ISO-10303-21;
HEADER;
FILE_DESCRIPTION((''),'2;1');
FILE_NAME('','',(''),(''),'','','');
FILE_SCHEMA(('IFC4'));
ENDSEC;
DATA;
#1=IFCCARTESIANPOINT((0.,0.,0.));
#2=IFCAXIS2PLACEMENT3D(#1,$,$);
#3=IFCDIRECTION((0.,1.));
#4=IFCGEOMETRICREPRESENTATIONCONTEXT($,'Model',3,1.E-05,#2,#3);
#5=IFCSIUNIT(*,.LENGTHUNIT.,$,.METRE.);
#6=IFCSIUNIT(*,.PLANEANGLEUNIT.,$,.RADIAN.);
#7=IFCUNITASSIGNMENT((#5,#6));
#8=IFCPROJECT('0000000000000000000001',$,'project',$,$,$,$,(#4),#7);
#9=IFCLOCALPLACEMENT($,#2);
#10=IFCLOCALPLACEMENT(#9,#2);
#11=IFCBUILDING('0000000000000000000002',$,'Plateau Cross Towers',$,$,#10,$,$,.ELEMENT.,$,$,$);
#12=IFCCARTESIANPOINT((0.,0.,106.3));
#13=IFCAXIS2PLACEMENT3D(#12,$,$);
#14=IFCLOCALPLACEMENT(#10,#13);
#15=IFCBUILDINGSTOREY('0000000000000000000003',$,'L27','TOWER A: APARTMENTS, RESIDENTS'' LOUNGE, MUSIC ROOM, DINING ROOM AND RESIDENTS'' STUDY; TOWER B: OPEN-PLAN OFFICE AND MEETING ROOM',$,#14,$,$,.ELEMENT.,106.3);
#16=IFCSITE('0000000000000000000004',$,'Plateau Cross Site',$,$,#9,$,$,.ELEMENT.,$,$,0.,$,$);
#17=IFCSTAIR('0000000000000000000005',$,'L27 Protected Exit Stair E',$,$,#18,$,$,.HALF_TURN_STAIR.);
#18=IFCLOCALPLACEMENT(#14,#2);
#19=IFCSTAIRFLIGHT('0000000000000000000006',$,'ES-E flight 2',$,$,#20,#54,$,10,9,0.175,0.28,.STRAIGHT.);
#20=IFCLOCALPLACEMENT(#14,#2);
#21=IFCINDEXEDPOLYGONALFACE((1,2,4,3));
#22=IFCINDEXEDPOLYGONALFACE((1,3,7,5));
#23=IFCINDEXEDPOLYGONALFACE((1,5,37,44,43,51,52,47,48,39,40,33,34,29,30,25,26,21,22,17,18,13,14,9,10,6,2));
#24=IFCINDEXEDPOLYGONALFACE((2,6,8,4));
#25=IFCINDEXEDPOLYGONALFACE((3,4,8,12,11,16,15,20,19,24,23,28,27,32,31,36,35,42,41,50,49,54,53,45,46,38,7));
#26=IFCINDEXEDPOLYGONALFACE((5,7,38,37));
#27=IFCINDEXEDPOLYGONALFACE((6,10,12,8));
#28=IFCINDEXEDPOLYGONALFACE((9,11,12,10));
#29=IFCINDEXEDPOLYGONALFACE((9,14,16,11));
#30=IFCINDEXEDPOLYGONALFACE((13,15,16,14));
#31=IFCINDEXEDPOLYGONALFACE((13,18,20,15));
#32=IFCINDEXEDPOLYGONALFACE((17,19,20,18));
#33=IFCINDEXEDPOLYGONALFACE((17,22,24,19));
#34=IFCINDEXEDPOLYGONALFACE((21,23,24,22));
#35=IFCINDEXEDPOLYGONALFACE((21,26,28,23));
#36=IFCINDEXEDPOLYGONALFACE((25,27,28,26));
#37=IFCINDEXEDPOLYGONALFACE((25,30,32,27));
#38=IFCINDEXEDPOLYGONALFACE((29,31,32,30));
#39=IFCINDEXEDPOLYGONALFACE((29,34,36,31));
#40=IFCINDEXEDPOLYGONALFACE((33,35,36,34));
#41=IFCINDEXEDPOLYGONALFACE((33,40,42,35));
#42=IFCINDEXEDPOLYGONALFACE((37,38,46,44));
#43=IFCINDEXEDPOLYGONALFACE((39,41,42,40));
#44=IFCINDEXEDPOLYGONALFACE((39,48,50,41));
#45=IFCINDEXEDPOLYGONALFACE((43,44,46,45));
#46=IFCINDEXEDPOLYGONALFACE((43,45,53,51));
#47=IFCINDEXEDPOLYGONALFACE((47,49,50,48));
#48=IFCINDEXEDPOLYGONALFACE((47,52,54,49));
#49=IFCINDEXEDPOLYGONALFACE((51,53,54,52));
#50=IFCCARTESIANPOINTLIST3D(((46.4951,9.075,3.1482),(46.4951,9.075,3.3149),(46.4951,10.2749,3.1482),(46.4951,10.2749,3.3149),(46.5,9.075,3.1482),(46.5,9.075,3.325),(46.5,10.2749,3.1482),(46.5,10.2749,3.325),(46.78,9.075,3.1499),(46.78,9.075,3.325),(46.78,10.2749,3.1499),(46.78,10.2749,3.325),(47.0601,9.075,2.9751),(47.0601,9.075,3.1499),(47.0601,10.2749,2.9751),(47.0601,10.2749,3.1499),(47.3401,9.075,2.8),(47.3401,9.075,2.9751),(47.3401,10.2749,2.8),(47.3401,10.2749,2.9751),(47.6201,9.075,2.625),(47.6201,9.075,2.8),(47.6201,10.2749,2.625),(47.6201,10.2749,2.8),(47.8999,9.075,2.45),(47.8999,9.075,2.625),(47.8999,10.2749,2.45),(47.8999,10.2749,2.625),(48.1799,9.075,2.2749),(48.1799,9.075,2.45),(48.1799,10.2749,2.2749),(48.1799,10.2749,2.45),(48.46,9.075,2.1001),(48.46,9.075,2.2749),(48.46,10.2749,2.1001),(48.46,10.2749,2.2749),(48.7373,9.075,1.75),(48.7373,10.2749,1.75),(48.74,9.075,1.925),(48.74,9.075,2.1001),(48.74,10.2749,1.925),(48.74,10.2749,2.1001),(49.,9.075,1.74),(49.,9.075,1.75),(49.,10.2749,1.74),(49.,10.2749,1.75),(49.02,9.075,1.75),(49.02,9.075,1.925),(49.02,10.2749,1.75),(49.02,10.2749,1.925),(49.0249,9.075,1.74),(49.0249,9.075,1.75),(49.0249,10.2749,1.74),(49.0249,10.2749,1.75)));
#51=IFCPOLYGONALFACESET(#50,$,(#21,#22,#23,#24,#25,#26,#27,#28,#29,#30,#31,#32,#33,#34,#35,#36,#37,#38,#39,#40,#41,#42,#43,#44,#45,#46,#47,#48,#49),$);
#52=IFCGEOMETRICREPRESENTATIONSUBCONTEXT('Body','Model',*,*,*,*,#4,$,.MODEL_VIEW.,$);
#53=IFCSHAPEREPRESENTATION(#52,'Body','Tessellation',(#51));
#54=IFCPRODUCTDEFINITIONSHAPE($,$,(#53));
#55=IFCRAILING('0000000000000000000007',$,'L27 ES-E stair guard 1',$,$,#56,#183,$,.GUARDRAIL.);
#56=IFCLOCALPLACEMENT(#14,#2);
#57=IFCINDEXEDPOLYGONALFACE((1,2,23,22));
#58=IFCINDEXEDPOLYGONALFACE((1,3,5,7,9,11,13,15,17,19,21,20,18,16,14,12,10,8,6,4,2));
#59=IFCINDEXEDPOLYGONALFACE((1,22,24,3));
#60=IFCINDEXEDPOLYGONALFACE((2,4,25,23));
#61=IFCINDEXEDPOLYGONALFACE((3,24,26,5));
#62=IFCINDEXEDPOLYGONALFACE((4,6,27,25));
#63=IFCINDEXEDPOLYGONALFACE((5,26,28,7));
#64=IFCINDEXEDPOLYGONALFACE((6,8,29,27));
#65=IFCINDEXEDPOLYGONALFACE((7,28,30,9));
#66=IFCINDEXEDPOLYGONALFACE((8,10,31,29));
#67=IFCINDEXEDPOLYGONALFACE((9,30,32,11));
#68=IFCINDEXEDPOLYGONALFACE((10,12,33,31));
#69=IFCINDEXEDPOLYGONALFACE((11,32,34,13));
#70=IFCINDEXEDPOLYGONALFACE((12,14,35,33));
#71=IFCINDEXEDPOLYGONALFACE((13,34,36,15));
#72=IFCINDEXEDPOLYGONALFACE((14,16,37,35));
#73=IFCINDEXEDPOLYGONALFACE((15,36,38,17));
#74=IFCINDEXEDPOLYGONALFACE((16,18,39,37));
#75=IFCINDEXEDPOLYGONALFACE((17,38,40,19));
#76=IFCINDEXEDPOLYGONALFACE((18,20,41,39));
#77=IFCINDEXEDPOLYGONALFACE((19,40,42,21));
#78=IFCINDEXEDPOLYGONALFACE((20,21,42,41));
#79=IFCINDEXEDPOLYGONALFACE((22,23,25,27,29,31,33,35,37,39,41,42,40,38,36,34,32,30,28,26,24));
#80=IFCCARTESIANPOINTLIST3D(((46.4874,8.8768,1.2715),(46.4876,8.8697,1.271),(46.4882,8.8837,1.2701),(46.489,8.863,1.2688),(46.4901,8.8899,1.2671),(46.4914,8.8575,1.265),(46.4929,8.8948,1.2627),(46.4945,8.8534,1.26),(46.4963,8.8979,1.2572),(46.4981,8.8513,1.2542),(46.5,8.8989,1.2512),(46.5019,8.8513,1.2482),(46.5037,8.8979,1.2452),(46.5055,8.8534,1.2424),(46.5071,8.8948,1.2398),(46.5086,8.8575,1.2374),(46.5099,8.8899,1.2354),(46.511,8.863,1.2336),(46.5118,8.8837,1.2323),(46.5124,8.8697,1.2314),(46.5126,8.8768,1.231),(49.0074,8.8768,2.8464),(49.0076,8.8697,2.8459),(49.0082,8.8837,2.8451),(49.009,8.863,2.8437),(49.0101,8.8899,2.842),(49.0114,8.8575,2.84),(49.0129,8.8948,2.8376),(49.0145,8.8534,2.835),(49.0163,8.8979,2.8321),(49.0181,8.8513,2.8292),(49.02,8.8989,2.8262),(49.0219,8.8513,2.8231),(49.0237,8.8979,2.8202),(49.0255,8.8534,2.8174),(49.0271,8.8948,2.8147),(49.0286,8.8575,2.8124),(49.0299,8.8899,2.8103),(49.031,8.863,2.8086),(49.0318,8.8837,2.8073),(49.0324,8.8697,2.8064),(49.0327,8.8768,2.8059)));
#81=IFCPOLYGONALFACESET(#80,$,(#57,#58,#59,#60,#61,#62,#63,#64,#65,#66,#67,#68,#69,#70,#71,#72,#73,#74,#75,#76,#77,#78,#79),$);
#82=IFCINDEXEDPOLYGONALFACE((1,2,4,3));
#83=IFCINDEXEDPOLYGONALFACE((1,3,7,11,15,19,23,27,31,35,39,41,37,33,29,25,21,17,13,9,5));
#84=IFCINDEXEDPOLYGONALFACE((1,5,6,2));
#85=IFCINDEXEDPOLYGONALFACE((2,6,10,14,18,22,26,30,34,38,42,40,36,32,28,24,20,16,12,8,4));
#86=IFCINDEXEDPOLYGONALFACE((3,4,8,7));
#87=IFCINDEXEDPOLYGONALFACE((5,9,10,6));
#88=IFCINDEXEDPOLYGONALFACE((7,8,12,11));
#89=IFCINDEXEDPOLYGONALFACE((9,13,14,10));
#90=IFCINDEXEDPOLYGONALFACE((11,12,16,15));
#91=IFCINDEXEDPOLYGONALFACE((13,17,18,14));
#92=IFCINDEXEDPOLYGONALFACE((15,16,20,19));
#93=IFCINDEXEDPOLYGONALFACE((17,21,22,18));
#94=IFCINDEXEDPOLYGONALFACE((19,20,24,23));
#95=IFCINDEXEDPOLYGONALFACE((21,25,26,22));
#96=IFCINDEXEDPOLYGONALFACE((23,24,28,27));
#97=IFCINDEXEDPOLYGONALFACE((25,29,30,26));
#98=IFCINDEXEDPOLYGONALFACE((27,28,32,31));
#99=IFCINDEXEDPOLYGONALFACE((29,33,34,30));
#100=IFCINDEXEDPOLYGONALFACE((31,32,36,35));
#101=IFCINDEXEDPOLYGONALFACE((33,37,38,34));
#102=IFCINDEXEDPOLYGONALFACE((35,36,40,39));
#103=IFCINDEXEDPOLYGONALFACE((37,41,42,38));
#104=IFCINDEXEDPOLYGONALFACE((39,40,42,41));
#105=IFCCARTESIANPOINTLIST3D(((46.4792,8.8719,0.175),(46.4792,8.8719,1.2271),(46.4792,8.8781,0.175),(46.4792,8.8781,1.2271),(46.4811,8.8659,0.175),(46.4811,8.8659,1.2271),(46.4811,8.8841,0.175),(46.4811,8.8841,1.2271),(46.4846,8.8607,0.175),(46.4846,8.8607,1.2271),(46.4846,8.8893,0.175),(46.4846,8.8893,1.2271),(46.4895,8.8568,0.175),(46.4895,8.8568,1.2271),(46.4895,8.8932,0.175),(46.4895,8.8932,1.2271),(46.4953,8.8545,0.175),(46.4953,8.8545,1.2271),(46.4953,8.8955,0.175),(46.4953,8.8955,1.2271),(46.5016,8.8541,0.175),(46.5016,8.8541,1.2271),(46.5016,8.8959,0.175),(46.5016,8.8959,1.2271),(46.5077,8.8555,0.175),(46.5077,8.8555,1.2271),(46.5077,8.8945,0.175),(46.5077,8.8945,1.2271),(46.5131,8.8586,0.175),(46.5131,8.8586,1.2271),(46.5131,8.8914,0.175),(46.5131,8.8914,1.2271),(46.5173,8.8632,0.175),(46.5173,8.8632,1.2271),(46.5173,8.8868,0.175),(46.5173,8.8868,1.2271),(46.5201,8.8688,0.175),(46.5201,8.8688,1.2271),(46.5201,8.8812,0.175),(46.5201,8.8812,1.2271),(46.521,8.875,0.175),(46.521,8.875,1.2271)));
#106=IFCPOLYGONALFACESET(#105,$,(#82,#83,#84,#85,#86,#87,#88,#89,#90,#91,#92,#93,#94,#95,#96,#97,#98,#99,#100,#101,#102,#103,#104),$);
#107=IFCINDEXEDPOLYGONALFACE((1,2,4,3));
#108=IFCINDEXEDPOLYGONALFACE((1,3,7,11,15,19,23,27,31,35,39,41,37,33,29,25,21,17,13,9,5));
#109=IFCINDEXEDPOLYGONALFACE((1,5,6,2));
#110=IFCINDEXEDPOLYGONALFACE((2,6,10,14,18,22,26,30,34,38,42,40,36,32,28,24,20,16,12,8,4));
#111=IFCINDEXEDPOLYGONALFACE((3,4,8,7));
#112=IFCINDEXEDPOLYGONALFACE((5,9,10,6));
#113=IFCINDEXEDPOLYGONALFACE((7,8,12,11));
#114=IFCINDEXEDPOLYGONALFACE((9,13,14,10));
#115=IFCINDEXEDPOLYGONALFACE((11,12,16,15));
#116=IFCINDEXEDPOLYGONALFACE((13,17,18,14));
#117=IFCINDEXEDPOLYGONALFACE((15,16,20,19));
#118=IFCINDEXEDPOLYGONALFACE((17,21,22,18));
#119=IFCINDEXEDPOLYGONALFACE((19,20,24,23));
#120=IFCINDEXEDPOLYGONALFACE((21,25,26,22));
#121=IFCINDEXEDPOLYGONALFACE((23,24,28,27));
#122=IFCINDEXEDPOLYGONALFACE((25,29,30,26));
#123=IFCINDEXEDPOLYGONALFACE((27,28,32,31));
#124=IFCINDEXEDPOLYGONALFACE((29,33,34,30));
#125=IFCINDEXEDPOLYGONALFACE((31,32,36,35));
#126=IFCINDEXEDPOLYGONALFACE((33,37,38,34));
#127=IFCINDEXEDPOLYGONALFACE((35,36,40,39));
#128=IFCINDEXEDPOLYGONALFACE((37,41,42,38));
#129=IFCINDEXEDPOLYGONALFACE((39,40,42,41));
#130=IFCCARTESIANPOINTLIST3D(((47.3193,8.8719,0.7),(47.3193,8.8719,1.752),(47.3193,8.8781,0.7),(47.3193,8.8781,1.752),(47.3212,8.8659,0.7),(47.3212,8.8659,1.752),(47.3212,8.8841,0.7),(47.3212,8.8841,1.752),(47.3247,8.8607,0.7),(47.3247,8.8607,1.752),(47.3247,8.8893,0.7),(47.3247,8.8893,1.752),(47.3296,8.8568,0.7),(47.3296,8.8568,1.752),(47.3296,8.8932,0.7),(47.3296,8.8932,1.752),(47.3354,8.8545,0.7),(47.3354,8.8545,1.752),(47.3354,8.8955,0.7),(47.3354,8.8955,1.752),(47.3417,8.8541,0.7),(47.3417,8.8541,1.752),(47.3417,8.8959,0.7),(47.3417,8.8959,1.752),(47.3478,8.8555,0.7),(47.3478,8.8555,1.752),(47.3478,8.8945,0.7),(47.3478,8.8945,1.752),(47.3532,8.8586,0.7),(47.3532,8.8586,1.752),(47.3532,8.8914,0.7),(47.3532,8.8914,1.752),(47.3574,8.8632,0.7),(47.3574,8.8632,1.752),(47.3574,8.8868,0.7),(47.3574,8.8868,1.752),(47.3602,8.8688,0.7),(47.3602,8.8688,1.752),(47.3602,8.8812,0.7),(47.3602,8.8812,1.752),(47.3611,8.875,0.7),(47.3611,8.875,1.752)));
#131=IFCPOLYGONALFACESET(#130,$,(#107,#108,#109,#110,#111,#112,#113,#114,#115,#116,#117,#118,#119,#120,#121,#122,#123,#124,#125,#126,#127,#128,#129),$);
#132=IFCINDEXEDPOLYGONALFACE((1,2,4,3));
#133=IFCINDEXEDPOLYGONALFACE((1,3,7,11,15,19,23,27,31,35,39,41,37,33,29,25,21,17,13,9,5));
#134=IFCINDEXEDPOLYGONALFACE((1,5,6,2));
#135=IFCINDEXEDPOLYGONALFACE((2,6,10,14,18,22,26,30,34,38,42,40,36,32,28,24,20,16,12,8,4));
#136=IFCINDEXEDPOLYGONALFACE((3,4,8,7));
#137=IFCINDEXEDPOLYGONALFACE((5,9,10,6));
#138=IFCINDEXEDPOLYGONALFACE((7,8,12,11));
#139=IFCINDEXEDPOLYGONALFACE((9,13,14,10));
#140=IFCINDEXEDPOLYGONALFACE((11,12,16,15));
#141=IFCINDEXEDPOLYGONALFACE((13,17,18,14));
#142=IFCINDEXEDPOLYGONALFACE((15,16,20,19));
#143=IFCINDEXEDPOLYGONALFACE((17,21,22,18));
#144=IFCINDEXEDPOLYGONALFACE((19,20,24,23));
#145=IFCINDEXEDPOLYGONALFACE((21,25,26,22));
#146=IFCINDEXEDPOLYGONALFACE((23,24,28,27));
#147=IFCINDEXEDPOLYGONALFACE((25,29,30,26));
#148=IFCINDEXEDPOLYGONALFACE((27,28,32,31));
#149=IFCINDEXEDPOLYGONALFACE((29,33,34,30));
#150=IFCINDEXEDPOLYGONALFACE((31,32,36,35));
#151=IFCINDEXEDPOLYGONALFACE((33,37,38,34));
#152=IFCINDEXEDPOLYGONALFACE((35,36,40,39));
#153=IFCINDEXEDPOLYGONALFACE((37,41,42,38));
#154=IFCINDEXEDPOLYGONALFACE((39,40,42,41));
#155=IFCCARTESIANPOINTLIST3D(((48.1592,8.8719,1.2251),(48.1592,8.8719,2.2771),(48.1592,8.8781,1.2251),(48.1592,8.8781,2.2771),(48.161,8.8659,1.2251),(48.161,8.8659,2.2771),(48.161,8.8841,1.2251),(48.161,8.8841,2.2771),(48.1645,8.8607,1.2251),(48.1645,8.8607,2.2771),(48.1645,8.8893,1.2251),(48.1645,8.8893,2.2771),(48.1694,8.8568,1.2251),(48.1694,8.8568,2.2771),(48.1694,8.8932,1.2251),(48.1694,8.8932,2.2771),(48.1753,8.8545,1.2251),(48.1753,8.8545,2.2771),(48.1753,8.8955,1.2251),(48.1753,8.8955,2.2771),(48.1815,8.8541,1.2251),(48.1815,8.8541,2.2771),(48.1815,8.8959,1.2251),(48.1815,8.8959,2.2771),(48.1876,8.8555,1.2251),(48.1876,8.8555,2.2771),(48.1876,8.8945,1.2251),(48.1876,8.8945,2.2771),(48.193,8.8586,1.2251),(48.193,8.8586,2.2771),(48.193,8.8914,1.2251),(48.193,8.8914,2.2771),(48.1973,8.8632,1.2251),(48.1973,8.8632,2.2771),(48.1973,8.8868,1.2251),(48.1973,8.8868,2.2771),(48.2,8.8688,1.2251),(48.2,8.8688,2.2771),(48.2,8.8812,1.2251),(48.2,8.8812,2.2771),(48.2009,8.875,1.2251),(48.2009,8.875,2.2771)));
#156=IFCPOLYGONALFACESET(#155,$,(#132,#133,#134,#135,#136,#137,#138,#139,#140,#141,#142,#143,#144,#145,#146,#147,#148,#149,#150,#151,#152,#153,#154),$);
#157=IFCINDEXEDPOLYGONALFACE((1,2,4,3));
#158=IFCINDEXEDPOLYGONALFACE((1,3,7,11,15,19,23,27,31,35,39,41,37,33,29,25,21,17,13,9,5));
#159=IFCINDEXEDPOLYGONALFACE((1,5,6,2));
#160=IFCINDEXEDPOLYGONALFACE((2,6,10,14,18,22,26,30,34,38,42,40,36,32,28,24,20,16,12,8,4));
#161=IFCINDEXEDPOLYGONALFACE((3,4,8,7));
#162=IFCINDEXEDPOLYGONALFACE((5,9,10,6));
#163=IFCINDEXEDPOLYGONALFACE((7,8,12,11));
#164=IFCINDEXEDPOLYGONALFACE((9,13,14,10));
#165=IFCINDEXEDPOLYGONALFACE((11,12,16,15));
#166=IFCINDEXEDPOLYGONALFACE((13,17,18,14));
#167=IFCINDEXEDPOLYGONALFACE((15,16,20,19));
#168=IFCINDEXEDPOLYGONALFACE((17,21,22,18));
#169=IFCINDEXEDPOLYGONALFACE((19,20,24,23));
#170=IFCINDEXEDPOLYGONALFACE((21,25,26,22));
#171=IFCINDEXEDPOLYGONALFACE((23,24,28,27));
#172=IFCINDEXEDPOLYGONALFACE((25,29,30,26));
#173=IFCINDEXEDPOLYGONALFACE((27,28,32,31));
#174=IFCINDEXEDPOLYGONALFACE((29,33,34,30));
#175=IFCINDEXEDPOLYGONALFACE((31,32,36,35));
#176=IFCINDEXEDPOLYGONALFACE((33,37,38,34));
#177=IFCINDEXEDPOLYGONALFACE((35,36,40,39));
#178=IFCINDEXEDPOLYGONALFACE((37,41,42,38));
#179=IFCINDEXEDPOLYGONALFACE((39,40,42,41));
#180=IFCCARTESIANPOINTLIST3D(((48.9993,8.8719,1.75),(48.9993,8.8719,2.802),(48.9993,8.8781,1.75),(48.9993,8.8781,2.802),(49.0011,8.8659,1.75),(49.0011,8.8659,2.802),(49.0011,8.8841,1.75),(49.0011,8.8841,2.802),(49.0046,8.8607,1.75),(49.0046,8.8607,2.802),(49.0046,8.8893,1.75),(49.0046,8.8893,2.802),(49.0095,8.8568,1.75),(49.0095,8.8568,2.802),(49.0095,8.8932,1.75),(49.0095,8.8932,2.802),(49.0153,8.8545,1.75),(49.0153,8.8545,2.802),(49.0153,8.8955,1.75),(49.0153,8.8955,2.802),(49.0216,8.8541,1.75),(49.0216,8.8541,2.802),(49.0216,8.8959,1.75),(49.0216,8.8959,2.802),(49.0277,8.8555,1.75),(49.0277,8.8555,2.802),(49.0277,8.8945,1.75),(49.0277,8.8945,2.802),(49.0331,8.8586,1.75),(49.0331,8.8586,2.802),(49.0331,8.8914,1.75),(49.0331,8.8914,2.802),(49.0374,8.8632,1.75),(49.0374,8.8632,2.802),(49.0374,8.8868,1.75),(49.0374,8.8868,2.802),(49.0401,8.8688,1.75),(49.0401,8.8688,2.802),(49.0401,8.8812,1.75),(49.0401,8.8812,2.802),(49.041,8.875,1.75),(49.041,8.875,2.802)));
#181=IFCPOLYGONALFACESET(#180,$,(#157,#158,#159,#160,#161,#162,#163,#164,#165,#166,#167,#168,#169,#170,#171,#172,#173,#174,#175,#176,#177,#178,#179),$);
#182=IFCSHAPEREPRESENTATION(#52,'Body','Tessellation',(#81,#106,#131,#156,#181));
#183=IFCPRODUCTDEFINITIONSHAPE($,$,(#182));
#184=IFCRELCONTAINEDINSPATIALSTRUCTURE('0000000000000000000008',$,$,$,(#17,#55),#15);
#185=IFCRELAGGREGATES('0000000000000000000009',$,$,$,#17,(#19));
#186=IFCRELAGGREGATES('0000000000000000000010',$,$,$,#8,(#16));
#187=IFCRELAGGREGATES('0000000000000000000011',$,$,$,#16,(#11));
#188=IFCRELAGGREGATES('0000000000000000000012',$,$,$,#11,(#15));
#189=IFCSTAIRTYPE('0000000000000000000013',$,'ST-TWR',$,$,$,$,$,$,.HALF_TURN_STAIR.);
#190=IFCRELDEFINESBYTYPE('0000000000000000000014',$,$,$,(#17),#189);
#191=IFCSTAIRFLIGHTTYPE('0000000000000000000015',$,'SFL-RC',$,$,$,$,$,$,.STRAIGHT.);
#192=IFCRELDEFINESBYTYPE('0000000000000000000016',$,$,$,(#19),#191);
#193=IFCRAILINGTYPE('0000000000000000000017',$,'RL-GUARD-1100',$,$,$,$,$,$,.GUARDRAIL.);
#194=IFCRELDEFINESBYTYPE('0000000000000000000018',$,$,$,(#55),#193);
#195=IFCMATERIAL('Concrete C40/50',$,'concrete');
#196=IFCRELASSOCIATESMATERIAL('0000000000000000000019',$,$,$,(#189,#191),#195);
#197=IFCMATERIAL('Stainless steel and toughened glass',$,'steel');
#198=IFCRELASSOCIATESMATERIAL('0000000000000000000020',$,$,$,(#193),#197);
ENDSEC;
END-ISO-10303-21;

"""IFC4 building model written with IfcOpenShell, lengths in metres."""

from ifc_helpers import new_model, si_unit, direction, frame, origin, origin_2d, place, context, subcontext, project, spatial, polyline, circle, outline, extrude, material, type_object, element, aggregate, save


model = new_model("IFC4")

# Units and contexts
model_context = context("Model", 3, precision=1e-05, world=origin(), true_north=direction((0.0, 1.0)))
body_context = subcontext(model_context, "Body", "Model", "MODEL_VIEW")
ifc_project = project(units=[si_unit("LENGTHUNIT", "METRE"), si_unit("PLANEANGLEUNIT", "RADIAN")], contexts=[model_context])

# Site, building, storey
site_placement = place(None, origin())
site = spatial("IfcSite", under=ifc_project, at=site_placement, Name="Plateau Cross Site", CompositionType="ELEMENT", RefElevation=0.0)
building_placement = place(site_placement, origin())
building = spatial("IfcBuilding", under=site, at=building_placement, Name="Plateau Cross Towers", CompositionType="ELEMENT")
storey_placement = place(building_placement, frame((0.0, 0.0, 106.3)))
storey = spatial("IfcBuildingStorey", under=building, at=storey_placement, Name="L27", Description="TOWER A: APARTMENTS, RESIDENTS' LOUNGE, MUSIC ROOM, DINING ROOM AND RESIDENTS' STUDY; TOWER B: OPEN-PLAN OFFICE AND MEETING ROOM", CompositionType="ELEMENT", Elevation=106.3)

# Stair, stair flight
ifc_material_1 = material(Name="Concrete C40/50", Category="concrete")
stair_type = type_object("IfcStairType", Name="ST-TWR", PredefinedType="HALF_TURN_STAIR", material=ifc_material_1)
stair_placement = place(storey_placement, origin())
stair = element("IfcStair", 1, at=stair_placement, inside=storey, type_object=stair_type, Name="L27 Protected Exit Stair E", PredefinedType="HALF_TURN_STAIR")
stair_flight_type = type_object("IfcStairFlightType", Name="SFL-RC", PredefinedType="STRAIGHT", material=ifc_material_1)
stair_flight_1_placement = place(storey_placement, frame((49.02, 9.675, 1.75), z_axis=(0.0, 0.0, 1.0), x_axis=(-1.0, 0.0, 0.0)))
stair_flight_1 = element("IfcStairFlight", 2, at=stair_flight_1_placement, type_object=stair_flight_type, Name="ES-E flight 2", NumberOfRisers=10, NumberOfTreads=9, PredefinedType="STRAIGHT", RiserHeight=0.175, TreadLength=0.28, context=body_context, shape_type="SweptSolid", body=[
    extrude(outline(polyline([(-0.0049, -0.01), (-0.0049, 0.0), (0.0, 0.0), (0.0, 0.175), (0.28, 0.175), (0.28, 0.3501), (0.5601, 0.3501), (0.5601, 0.5249), (0.8401, 0.5249), (0.8401, 0.7), (1.1201, 0.7), (1.1201, 0.875), (1.3999, 0.875), (1.3999, 1.05), (1.6799, 1.05), (1.6799, 1.2251), (1.96, 1.2251), (1.96, 1.3999), (2.24, 1.3999), (2.24, 1.575), (2.52, 1.575), (2.5249, 1.5649), (2.5249, 1.3982), (2.52, 1.3982), (0.2827, 0.0), (0.02, 0.0), (0.02, -0.01), (-0.0049, -0.01)])), frame((0.0, 0.6001, 0.0), z_axis=(0.0, -1.0, 0.0), x_axis=(1.0, 0.0, 0.0)), (0.0, 0.0, 1.0), 1.2),
])
aggregate(stair, [stair_flight_1])

# Railing
ifc_material_2 = material(Name="Stainless steel and toughened glass", Category="steel")
railing_type_1 = type_object("IfcRailingType", Name="RL-GUARD-1100", PredefinedType="GUARDRAIL", material=ifc_material_2)
railing_1_placement = place(storey_placement, frame((46.5, 8.875, 0.175)))
element("IfcRailing", 3, at=railing_1_placement, inside=storey, type_object=railing_type_1, Name="L27 ES-E stair guard 1", PredefinedType="GUARDRAIL", context=body_context, shape_type="SweptSolid", body=[
    extrude(circle(Radius=0.0239, at=origin_2d()), frame((0.0, 0.0, 1.0762), z_axis=(0.848008, 0.0, 0.529984), x_axis=(0.0, 1.0, 0.0)), (0.0, 0.0, 1.0), 2.9717),
    extrude(circle(Radius=0.021, at=origin_2d()), origin(), (0.0, 0.0, 1.0), 1.052),
    extrude(circle(Radius=0.021, at=origin_2d()), frame((0.8401, 0.0, 0.5249)), (0.0, 0.0, 1.0), 1.052),
    extrude(circle(Radius=0.021, at=origin_2d()), frame((1.6799, 0.0, 1.05)), (0.0, 0.0, 1.0), 1.052),
    extrude(circle(Radius=0.021, at=origin_2d()), frame((2.52, 0.0, 1.575)), (0.0, 0.0, 1.0), 1.052),
])

save(model, "model.ifc")
